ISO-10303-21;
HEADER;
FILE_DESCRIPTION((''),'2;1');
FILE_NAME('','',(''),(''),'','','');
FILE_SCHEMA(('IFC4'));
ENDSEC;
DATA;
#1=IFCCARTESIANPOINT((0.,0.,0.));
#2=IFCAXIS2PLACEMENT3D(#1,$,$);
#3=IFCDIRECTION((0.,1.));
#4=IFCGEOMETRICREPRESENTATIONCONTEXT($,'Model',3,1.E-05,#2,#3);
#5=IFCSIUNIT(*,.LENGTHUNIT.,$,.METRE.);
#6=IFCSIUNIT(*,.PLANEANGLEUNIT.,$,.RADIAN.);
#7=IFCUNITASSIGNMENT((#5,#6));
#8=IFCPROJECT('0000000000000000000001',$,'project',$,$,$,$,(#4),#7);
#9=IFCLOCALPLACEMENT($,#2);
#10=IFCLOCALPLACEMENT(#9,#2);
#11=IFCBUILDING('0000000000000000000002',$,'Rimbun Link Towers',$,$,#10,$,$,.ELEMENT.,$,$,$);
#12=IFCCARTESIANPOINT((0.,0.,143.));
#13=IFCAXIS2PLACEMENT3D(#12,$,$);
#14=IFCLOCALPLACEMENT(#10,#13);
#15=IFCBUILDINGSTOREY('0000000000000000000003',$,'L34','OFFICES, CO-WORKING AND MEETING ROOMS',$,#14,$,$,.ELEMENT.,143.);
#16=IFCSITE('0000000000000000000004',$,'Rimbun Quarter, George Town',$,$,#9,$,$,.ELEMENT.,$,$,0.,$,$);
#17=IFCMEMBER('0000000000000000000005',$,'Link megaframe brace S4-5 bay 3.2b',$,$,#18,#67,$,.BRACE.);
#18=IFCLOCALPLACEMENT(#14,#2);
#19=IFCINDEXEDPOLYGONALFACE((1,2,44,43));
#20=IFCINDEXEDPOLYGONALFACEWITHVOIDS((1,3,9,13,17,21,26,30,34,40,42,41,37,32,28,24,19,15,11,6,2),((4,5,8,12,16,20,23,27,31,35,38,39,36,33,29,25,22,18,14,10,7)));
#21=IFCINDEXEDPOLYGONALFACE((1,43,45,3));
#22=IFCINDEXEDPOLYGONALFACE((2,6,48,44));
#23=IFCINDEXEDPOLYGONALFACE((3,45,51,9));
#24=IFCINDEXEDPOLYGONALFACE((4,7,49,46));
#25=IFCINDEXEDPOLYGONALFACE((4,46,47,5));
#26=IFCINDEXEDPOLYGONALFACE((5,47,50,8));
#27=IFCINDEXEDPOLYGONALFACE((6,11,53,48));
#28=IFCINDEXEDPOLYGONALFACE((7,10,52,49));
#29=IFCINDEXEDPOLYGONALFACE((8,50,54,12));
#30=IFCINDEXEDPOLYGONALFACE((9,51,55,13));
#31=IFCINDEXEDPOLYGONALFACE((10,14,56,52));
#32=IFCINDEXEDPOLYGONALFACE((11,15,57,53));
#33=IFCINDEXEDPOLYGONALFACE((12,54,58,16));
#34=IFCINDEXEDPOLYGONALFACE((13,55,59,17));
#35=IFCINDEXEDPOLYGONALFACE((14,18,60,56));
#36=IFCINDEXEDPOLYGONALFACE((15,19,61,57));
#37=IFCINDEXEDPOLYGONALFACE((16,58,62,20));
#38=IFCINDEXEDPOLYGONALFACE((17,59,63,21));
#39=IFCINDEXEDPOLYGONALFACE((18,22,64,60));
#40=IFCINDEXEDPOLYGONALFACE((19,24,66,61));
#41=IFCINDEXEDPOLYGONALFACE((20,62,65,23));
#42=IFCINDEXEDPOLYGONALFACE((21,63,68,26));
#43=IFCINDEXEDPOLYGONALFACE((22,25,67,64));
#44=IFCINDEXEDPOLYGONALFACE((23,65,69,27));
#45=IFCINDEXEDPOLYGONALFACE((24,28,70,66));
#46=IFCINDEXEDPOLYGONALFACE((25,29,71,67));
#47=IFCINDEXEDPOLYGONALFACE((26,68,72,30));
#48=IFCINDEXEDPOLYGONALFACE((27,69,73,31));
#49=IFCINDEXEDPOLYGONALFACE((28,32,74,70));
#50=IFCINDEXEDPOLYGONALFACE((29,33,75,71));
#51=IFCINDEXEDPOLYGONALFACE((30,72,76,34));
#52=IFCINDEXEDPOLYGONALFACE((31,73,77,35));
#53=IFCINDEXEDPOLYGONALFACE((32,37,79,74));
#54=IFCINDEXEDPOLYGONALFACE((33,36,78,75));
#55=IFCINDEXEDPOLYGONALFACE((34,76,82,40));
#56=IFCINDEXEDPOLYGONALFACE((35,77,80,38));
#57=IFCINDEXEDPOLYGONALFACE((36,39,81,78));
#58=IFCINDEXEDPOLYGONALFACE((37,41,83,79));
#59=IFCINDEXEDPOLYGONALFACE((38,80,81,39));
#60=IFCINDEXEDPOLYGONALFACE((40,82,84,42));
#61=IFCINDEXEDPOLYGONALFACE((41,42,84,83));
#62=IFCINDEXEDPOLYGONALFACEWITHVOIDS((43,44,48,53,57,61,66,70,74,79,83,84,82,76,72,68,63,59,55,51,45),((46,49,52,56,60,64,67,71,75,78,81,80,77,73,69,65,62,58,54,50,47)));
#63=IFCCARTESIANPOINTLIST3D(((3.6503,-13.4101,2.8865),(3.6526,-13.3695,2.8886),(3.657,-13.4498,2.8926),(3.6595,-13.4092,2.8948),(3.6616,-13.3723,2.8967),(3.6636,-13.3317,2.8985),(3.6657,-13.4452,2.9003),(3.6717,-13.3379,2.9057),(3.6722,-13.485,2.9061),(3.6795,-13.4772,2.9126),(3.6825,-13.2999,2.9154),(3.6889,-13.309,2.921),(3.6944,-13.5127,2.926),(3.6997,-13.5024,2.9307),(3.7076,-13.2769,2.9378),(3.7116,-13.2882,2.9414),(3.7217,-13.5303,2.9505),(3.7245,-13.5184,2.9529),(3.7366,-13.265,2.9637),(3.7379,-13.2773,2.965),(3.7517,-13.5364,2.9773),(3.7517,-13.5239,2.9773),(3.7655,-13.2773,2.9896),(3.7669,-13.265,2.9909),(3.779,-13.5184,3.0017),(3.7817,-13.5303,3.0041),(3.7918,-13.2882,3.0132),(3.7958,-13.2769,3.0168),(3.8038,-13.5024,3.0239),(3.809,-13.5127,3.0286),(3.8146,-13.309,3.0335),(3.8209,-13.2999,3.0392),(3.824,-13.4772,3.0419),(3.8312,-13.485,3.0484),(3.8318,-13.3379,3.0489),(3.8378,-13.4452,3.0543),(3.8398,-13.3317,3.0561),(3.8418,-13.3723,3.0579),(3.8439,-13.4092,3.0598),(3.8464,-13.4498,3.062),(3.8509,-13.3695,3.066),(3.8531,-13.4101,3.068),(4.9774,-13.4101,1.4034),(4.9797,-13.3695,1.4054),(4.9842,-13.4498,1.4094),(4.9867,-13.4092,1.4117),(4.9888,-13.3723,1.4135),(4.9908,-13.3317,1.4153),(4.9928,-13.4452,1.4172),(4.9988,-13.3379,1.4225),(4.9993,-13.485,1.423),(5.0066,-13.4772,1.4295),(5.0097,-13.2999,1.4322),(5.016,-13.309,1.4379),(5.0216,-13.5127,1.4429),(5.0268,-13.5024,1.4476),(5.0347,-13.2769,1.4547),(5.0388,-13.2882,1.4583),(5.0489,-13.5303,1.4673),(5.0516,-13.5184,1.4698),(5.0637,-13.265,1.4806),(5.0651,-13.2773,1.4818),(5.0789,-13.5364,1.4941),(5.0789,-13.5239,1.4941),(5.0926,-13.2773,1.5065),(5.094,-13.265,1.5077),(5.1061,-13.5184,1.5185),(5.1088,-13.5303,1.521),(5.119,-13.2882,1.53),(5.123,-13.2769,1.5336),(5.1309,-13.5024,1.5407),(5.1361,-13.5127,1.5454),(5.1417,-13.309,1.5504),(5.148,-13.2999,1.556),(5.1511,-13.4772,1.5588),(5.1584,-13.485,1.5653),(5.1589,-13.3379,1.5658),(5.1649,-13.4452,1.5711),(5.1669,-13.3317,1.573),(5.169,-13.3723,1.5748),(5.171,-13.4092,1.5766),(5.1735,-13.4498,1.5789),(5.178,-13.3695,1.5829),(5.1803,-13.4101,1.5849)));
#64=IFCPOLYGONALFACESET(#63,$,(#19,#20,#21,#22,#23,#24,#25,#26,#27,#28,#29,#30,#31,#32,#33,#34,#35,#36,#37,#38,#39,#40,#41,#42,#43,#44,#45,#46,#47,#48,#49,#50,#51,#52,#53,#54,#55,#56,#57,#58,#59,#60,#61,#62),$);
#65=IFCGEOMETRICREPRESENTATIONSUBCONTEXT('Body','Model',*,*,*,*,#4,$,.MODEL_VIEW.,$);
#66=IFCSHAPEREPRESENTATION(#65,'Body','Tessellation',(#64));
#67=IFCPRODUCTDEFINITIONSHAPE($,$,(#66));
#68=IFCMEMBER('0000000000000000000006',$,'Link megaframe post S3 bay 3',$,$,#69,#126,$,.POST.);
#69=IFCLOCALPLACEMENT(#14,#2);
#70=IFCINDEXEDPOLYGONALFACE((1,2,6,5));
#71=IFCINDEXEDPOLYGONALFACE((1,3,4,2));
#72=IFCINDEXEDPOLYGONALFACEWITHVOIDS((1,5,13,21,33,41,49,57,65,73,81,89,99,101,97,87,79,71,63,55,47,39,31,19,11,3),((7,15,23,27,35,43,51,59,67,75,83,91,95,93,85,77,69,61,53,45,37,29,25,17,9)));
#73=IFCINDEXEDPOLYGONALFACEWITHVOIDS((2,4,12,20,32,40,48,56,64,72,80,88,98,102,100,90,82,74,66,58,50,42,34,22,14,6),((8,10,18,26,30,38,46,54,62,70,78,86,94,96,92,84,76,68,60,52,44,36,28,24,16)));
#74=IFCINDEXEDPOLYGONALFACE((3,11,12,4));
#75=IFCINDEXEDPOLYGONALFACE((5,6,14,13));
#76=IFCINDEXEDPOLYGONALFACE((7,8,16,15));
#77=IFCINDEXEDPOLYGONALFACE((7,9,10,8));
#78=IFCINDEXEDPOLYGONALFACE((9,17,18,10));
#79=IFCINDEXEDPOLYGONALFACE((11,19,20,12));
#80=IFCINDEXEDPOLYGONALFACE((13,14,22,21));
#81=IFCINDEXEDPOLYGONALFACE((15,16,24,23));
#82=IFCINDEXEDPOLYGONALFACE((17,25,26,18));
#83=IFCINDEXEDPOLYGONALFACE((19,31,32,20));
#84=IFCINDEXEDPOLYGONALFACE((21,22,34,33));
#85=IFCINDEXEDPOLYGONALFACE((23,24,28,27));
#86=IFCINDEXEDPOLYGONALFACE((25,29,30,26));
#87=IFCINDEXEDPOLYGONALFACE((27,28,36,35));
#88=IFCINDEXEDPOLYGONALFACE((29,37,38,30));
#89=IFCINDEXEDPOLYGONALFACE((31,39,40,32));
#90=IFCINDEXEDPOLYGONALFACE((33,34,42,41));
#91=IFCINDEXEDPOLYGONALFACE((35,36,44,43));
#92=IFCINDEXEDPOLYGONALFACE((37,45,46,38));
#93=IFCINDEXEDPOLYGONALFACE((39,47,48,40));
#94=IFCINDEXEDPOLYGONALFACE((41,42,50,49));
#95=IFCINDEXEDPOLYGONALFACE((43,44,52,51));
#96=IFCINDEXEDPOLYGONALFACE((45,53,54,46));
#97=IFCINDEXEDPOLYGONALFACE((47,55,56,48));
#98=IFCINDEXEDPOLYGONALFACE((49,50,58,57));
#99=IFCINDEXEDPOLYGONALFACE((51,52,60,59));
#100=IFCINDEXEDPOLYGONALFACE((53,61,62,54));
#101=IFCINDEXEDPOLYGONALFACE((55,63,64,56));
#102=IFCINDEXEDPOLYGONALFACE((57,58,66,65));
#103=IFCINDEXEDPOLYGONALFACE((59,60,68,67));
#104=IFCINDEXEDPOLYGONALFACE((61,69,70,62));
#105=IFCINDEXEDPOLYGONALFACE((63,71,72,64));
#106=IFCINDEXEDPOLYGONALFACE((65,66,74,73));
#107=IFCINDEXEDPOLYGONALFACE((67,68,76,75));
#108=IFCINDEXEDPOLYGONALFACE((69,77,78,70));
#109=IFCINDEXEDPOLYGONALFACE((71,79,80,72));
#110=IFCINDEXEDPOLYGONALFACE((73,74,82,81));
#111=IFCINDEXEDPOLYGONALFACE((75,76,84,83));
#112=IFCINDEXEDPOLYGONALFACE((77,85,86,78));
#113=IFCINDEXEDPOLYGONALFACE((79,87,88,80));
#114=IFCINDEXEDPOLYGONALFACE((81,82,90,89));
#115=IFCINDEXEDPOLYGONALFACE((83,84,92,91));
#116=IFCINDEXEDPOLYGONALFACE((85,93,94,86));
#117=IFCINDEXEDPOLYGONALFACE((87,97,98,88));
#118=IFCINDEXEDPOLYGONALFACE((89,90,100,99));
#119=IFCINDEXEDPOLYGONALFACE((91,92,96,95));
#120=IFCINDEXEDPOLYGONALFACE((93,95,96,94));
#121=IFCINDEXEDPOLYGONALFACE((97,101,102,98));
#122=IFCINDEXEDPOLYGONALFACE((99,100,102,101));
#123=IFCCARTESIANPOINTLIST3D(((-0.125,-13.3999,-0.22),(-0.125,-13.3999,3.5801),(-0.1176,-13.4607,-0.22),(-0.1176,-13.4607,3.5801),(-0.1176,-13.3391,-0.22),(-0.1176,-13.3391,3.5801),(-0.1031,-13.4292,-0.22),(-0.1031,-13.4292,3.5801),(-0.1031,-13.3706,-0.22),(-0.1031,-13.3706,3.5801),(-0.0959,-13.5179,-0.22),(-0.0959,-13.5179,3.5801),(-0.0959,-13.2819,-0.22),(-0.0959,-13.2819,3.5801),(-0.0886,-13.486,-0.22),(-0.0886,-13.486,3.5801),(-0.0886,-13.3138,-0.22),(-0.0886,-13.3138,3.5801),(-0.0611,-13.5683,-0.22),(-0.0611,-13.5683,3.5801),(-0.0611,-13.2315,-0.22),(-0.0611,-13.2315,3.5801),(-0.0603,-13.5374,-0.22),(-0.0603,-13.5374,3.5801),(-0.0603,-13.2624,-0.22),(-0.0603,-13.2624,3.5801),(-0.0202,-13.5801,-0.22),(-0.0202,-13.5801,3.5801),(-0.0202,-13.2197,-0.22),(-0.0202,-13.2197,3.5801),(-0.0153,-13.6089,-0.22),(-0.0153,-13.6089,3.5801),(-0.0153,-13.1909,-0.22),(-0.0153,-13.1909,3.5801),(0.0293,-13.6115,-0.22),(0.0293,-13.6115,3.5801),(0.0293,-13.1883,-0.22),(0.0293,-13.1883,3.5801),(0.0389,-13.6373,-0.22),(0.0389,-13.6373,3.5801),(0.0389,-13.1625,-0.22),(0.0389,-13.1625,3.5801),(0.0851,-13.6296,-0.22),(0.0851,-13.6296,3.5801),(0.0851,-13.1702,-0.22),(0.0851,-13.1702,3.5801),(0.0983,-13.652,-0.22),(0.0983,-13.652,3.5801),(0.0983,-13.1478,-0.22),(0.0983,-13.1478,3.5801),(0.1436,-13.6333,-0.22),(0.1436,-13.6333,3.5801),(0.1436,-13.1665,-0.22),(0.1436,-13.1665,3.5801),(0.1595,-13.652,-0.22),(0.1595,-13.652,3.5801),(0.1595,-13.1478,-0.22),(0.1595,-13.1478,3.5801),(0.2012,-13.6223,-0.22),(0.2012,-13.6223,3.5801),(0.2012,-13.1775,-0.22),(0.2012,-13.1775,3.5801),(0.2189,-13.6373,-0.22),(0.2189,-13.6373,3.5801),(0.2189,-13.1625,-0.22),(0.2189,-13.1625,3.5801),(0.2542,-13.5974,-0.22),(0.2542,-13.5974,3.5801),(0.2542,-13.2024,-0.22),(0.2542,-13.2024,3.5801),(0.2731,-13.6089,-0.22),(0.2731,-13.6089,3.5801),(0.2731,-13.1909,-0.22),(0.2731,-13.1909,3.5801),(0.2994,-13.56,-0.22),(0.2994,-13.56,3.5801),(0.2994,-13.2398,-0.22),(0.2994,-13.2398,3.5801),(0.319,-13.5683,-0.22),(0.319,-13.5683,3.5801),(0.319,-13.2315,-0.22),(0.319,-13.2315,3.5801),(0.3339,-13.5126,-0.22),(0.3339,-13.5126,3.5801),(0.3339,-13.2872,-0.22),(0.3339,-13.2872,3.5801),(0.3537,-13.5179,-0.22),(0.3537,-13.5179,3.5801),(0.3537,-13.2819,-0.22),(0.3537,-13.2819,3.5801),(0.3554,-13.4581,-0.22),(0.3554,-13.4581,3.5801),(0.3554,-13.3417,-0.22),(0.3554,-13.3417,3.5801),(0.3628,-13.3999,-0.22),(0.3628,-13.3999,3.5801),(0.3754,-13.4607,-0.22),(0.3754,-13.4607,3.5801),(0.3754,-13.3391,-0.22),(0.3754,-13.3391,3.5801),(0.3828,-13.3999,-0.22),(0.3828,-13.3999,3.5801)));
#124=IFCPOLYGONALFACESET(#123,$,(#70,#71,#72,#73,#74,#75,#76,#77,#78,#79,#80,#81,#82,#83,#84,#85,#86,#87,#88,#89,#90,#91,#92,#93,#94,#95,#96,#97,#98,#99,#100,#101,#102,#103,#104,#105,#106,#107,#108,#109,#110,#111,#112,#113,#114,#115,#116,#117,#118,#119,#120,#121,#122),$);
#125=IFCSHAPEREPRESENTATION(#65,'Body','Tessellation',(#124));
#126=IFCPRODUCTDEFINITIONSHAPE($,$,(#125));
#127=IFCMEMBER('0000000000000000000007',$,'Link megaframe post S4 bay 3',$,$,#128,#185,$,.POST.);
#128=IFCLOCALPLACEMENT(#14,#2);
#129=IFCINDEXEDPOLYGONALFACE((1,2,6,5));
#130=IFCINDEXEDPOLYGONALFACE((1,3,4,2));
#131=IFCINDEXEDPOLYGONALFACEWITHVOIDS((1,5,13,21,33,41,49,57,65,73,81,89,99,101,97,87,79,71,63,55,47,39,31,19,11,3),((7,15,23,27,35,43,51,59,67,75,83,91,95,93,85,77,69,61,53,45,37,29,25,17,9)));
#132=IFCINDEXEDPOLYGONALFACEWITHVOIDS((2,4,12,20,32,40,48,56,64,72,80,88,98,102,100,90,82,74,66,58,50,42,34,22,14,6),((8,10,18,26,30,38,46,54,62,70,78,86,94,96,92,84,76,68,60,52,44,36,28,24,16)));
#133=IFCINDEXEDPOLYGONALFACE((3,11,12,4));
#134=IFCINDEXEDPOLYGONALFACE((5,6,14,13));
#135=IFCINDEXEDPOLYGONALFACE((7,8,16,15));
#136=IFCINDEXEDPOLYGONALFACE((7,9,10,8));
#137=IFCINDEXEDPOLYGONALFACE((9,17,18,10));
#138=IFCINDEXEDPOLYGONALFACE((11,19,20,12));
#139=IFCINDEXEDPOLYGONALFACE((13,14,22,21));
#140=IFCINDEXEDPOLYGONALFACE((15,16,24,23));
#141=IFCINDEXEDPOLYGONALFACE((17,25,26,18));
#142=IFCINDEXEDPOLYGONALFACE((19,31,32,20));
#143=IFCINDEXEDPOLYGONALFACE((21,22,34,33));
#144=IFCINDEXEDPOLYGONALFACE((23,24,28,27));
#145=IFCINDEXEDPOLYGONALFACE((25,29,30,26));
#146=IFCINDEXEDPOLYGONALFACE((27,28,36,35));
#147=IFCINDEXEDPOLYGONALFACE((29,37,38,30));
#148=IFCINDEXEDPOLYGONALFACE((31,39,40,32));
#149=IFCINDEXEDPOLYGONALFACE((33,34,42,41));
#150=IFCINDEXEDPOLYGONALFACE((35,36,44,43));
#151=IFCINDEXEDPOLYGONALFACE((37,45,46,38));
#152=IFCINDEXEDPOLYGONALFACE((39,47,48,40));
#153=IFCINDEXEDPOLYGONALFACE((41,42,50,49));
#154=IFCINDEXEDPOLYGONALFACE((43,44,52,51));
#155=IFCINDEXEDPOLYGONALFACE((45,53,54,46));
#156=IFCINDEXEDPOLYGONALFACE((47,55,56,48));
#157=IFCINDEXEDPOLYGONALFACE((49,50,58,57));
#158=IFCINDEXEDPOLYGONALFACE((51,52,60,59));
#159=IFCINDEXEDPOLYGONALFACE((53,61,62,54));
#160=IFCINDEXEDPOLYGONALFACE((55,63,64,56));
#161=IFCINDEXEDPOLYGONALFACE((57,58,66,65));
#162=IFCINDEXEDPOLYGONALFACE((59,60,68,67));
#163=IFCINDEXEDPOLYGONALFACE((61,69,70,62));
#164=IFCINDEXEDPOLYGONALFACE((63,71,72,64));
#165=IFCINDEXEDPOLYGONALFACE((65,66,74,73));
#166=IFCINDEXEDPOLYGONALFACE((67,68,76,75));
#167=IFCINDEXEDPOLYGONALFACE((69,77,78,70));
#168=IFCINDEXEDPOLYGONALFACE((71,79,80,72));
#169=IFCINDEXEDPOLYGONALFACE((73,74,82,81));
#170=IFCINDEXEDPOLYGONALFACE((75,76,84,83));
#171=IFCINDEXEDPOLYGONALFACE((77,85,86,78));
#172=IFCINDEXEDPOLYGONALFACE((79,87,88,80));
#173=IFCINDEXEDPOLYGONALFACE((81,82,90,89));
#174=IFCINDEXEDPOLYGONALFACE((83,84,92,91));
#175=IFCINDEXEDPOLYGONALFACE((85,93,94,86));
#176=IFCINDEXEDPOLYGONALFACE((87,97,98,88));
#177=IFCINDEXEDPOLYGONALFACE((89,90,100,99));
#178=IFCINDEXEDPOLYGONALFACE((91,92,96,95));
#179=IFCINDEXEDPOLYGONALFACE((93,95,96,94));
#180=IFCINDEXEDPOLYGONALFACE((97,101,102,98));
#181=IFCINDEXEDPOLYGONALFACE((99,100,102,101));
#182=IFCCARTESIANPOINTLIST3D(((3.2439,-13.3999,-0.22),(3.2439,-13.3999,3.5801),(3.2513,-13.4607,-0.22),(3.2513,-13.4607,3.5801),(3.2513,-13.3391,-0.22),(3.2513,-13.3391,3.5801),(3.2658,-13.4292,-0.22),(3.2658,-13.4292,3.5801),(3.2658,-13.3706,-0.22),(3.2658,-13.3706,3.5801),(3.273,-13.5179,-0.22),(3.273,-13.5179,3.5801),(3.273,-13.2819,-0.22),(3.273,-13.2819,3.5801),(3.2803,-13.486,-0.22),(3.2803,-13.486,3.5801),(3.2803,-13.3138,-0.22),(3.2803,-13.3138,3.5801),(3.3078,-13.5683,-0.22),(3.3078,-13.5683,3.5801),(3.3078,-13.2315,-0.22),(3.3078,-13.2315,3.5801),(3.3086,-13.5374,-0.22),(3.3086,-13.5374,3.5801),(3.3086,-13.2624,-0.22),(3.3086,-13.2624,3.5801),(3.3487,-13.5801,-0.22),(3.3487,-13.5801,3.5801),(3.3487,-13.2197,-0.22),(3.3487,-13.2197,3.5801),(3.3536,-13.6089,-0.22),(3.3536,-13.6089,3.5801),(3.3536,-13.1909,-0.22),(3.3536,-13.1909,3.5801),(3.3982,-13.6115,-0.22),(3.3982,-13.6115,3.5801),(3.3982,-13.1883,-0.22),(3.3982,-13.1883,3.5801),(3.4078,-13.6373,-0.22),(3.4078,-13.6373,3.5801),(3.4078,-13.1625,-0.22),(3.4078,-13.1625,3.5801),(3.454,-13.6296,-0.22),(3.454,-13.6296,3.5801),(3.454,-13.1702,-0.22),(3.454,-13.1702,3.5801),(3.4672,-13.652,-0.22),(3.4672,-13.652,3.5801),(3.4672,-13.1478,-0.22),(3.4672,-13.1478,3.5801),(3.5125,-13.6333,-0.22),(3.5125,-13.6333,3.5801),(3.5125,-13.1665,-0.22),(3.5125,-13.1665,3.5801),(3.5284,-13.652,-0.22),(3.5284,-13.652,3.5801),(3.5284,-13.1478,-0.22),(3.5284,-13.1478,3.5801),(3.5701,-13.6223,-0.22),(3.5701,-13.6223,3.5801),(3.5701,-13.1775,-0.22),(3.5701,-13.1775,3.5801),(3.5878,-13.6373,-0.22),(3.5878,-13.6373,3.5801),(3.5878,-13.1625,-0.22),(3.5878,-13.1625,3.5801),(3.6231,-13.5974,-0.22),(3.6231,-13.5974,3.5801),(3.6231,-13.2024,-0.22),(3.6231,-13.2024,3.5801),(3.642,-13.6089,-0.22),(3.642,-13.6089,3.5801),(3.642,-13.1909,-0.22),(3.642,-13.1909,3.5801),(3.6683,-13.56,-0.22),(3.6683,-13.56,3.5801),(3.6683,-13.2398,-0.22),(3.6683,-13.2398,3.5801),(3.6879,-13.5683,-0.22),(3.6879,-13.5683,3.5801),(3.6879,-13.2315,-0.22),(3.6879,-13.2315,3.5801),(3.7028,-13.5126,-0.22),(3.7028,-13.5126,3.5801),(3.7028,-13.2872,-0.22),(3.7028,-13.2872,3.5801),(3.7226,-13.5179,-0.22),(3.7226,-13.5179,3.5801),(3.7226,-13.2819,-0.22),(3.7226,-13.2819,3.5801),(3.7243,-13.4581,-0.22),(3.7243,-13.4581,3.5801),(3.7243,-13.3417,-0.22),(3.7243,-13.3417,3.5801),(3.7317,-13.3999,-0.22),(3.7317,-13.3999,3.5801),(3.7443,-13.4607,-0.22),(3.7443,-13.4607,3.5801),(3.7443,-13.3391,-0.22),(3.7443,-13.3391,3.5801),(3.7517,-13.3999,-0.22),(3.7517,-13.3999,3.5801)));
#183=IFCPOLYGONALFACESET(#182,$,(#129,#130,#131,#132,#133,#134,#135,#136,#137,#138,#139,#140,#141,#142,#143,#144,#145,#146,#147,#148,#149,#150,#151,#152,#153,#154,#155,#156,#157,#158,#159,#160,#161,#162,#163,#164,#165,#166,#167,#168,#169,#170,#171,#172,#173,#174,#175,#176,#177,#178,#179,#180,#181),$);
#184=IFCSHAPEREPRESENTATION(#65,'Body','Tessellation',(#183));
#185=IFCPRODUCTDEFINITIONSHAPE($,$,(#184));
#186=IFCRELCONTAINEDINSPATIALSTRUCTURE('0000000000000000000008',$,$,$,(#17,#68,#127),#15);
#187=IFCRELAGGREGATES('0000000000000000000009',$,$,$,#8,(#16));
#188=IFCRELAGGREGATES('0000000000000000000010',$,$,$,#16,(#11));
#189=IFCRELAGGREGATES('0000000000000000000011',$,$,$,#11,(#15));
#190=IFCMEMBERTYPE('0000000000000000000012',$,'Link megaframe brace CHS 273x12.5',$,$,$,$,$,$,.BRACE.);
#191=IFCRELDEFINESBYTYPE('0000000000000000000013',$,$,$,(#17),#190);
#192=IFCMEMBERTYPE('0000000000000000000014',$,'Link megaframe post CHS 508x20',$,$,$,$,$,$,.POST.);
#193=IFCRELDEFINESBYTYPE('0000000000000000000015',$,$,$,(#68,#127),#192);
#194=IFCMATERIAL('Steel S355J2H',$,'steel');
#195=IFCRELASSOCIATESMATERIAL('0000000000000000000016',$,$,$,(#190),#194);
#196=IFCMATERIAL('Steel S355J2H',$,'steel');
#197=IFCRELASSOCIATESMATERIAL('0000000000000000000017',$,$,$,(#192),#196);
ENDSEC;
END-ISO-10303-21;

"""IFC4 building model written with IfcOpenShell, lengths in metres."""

from ifc_helpers import new_model, si_unit, direction, frame, origin, origin_2d, place, context, subcontext, project, spatial, hollow_circle, extrude, material, material_profile, profile_set, type_object, element, save


model = new_model("IFC4")

# Units and contexts
model_context = context("Model", 3, precision=1e-05, world=origin(), true_north=direction((0.0, 1.0)))
body_context = subcontext(model_context, "Body", "Model", "MODEL_VIEW")
ifc_project = project(units=[si_unit("LENGTHUNIT", "METRE"), si_unit("PLANEANGLEUNIT", "RADIAN")], contexts=[model_context])

# Site, building, storey
site_placement = place(None, origin())
site = spatial("IfcSite", under=ifc_project, at=site_placement, Name="Rimbun Quarter, George Town", CompositionType="ELEMENT", RefElevation=0.0)
building_placement = place(site_placement, origin())
building = spatial("IfcBuilding", under=site, at=building_placement, Name="Rimbun Link Towers", CompositionType="ELEMENT")
storey_placement = place(building_placement, frame((0.0, 0.0, 143.0)))
storey = spatial("IfcBuildingStorey", under=building, at=storey_placement, Name="L34", Description="OFFICES, CO-WORKING AND MEETING ROOMS", CompositionType="ELEMENT", Elevation=143.0)

# Members
ifc_material_1 = material(Name="Steel S355J2H", Category="steel")
ifc_material_profile_1 = material_profile(ifc_material_1, hollow_circle(Radius=0.1365, WallThickness=0.0125, at=origin_2d()), Name="CHS 273x12.5")
ifc_profile_set_1 = profile_set([ifc_material_profile_1], Name="Steel S355J2H")
member_type_1 = type_object("IfcMemberType", Name="Link megaframe brace CHS 273x12.5", PredefinedType="BRACE", material=ifc_profile_set_1)
member_1_placement = place(storey_placement, frame((5.0789, -13.3999, 1.4941), z_axis=(-0.666827, 0.0, 0.745212), x_axis=(0.0, -1.0, 0.0)))
element("IfcMember", 1, at=member_1_placement, inside=storey, type_object=member_type_1, Name="Link megaframe brace S4-5 bay 3.2b", PredefinedType="BRACE", context=body_context, shape_type="SweptSolid", body=[
    extrude(hollow_circle(Radius=0.1365, WallThickness=0.0125, at=origin_2d()), origin(), (0.0, 0.0, 1.0), 1.9902),
])
ifc_material_2 = material(Name="Steel S355J2H", Category="steel")
ifc_material_profile_2 = material_profile(ifc_material_2, hollow_circle(Radius=0.2539, WallThickness=0.02, at=origin_2d()), Name="CHS 508x20")
ifc_profile_set_2 = profile_set([ifc_material_profile_2], Name="Steel S355J2H")
member_type_2 = type_object("IfcMemberType", Name="Link megaframe post CHS 508x20", PredefinedType="POST", material=ifc_profile_set_2)
for number, where, z_axis, x_axis, name in (
    (2, (0.1289, -13.3999, -0.22), (0.0, 0.0, 1.0), (1.0, 0.0, 0.0), "Link megaframe post S3 bay 3"),
    (3, (3.4978, -13.3999, -0.22), (0.0, 0.0, 1.0), (1.0, 0.0, 0.0), "Link megaframe post S4 bay 3"),
):
    element("IfcMember", number, at=place(storey_placement, frame(where, z_axis=z_axis, x_axis=x_axis)), inside=storey, type_object=member_type_2, Name=name, PredefinedType="POST", context=body_context, shape_type="SweptSolid", body=[
        extrude(hollow_circle(Radius=0.2539, WallThickness=0.02, at=origin_2d()), origin(), (0.0, 0.0, 1.0), 3.8),
    ])

save(model, "model.ifc")
